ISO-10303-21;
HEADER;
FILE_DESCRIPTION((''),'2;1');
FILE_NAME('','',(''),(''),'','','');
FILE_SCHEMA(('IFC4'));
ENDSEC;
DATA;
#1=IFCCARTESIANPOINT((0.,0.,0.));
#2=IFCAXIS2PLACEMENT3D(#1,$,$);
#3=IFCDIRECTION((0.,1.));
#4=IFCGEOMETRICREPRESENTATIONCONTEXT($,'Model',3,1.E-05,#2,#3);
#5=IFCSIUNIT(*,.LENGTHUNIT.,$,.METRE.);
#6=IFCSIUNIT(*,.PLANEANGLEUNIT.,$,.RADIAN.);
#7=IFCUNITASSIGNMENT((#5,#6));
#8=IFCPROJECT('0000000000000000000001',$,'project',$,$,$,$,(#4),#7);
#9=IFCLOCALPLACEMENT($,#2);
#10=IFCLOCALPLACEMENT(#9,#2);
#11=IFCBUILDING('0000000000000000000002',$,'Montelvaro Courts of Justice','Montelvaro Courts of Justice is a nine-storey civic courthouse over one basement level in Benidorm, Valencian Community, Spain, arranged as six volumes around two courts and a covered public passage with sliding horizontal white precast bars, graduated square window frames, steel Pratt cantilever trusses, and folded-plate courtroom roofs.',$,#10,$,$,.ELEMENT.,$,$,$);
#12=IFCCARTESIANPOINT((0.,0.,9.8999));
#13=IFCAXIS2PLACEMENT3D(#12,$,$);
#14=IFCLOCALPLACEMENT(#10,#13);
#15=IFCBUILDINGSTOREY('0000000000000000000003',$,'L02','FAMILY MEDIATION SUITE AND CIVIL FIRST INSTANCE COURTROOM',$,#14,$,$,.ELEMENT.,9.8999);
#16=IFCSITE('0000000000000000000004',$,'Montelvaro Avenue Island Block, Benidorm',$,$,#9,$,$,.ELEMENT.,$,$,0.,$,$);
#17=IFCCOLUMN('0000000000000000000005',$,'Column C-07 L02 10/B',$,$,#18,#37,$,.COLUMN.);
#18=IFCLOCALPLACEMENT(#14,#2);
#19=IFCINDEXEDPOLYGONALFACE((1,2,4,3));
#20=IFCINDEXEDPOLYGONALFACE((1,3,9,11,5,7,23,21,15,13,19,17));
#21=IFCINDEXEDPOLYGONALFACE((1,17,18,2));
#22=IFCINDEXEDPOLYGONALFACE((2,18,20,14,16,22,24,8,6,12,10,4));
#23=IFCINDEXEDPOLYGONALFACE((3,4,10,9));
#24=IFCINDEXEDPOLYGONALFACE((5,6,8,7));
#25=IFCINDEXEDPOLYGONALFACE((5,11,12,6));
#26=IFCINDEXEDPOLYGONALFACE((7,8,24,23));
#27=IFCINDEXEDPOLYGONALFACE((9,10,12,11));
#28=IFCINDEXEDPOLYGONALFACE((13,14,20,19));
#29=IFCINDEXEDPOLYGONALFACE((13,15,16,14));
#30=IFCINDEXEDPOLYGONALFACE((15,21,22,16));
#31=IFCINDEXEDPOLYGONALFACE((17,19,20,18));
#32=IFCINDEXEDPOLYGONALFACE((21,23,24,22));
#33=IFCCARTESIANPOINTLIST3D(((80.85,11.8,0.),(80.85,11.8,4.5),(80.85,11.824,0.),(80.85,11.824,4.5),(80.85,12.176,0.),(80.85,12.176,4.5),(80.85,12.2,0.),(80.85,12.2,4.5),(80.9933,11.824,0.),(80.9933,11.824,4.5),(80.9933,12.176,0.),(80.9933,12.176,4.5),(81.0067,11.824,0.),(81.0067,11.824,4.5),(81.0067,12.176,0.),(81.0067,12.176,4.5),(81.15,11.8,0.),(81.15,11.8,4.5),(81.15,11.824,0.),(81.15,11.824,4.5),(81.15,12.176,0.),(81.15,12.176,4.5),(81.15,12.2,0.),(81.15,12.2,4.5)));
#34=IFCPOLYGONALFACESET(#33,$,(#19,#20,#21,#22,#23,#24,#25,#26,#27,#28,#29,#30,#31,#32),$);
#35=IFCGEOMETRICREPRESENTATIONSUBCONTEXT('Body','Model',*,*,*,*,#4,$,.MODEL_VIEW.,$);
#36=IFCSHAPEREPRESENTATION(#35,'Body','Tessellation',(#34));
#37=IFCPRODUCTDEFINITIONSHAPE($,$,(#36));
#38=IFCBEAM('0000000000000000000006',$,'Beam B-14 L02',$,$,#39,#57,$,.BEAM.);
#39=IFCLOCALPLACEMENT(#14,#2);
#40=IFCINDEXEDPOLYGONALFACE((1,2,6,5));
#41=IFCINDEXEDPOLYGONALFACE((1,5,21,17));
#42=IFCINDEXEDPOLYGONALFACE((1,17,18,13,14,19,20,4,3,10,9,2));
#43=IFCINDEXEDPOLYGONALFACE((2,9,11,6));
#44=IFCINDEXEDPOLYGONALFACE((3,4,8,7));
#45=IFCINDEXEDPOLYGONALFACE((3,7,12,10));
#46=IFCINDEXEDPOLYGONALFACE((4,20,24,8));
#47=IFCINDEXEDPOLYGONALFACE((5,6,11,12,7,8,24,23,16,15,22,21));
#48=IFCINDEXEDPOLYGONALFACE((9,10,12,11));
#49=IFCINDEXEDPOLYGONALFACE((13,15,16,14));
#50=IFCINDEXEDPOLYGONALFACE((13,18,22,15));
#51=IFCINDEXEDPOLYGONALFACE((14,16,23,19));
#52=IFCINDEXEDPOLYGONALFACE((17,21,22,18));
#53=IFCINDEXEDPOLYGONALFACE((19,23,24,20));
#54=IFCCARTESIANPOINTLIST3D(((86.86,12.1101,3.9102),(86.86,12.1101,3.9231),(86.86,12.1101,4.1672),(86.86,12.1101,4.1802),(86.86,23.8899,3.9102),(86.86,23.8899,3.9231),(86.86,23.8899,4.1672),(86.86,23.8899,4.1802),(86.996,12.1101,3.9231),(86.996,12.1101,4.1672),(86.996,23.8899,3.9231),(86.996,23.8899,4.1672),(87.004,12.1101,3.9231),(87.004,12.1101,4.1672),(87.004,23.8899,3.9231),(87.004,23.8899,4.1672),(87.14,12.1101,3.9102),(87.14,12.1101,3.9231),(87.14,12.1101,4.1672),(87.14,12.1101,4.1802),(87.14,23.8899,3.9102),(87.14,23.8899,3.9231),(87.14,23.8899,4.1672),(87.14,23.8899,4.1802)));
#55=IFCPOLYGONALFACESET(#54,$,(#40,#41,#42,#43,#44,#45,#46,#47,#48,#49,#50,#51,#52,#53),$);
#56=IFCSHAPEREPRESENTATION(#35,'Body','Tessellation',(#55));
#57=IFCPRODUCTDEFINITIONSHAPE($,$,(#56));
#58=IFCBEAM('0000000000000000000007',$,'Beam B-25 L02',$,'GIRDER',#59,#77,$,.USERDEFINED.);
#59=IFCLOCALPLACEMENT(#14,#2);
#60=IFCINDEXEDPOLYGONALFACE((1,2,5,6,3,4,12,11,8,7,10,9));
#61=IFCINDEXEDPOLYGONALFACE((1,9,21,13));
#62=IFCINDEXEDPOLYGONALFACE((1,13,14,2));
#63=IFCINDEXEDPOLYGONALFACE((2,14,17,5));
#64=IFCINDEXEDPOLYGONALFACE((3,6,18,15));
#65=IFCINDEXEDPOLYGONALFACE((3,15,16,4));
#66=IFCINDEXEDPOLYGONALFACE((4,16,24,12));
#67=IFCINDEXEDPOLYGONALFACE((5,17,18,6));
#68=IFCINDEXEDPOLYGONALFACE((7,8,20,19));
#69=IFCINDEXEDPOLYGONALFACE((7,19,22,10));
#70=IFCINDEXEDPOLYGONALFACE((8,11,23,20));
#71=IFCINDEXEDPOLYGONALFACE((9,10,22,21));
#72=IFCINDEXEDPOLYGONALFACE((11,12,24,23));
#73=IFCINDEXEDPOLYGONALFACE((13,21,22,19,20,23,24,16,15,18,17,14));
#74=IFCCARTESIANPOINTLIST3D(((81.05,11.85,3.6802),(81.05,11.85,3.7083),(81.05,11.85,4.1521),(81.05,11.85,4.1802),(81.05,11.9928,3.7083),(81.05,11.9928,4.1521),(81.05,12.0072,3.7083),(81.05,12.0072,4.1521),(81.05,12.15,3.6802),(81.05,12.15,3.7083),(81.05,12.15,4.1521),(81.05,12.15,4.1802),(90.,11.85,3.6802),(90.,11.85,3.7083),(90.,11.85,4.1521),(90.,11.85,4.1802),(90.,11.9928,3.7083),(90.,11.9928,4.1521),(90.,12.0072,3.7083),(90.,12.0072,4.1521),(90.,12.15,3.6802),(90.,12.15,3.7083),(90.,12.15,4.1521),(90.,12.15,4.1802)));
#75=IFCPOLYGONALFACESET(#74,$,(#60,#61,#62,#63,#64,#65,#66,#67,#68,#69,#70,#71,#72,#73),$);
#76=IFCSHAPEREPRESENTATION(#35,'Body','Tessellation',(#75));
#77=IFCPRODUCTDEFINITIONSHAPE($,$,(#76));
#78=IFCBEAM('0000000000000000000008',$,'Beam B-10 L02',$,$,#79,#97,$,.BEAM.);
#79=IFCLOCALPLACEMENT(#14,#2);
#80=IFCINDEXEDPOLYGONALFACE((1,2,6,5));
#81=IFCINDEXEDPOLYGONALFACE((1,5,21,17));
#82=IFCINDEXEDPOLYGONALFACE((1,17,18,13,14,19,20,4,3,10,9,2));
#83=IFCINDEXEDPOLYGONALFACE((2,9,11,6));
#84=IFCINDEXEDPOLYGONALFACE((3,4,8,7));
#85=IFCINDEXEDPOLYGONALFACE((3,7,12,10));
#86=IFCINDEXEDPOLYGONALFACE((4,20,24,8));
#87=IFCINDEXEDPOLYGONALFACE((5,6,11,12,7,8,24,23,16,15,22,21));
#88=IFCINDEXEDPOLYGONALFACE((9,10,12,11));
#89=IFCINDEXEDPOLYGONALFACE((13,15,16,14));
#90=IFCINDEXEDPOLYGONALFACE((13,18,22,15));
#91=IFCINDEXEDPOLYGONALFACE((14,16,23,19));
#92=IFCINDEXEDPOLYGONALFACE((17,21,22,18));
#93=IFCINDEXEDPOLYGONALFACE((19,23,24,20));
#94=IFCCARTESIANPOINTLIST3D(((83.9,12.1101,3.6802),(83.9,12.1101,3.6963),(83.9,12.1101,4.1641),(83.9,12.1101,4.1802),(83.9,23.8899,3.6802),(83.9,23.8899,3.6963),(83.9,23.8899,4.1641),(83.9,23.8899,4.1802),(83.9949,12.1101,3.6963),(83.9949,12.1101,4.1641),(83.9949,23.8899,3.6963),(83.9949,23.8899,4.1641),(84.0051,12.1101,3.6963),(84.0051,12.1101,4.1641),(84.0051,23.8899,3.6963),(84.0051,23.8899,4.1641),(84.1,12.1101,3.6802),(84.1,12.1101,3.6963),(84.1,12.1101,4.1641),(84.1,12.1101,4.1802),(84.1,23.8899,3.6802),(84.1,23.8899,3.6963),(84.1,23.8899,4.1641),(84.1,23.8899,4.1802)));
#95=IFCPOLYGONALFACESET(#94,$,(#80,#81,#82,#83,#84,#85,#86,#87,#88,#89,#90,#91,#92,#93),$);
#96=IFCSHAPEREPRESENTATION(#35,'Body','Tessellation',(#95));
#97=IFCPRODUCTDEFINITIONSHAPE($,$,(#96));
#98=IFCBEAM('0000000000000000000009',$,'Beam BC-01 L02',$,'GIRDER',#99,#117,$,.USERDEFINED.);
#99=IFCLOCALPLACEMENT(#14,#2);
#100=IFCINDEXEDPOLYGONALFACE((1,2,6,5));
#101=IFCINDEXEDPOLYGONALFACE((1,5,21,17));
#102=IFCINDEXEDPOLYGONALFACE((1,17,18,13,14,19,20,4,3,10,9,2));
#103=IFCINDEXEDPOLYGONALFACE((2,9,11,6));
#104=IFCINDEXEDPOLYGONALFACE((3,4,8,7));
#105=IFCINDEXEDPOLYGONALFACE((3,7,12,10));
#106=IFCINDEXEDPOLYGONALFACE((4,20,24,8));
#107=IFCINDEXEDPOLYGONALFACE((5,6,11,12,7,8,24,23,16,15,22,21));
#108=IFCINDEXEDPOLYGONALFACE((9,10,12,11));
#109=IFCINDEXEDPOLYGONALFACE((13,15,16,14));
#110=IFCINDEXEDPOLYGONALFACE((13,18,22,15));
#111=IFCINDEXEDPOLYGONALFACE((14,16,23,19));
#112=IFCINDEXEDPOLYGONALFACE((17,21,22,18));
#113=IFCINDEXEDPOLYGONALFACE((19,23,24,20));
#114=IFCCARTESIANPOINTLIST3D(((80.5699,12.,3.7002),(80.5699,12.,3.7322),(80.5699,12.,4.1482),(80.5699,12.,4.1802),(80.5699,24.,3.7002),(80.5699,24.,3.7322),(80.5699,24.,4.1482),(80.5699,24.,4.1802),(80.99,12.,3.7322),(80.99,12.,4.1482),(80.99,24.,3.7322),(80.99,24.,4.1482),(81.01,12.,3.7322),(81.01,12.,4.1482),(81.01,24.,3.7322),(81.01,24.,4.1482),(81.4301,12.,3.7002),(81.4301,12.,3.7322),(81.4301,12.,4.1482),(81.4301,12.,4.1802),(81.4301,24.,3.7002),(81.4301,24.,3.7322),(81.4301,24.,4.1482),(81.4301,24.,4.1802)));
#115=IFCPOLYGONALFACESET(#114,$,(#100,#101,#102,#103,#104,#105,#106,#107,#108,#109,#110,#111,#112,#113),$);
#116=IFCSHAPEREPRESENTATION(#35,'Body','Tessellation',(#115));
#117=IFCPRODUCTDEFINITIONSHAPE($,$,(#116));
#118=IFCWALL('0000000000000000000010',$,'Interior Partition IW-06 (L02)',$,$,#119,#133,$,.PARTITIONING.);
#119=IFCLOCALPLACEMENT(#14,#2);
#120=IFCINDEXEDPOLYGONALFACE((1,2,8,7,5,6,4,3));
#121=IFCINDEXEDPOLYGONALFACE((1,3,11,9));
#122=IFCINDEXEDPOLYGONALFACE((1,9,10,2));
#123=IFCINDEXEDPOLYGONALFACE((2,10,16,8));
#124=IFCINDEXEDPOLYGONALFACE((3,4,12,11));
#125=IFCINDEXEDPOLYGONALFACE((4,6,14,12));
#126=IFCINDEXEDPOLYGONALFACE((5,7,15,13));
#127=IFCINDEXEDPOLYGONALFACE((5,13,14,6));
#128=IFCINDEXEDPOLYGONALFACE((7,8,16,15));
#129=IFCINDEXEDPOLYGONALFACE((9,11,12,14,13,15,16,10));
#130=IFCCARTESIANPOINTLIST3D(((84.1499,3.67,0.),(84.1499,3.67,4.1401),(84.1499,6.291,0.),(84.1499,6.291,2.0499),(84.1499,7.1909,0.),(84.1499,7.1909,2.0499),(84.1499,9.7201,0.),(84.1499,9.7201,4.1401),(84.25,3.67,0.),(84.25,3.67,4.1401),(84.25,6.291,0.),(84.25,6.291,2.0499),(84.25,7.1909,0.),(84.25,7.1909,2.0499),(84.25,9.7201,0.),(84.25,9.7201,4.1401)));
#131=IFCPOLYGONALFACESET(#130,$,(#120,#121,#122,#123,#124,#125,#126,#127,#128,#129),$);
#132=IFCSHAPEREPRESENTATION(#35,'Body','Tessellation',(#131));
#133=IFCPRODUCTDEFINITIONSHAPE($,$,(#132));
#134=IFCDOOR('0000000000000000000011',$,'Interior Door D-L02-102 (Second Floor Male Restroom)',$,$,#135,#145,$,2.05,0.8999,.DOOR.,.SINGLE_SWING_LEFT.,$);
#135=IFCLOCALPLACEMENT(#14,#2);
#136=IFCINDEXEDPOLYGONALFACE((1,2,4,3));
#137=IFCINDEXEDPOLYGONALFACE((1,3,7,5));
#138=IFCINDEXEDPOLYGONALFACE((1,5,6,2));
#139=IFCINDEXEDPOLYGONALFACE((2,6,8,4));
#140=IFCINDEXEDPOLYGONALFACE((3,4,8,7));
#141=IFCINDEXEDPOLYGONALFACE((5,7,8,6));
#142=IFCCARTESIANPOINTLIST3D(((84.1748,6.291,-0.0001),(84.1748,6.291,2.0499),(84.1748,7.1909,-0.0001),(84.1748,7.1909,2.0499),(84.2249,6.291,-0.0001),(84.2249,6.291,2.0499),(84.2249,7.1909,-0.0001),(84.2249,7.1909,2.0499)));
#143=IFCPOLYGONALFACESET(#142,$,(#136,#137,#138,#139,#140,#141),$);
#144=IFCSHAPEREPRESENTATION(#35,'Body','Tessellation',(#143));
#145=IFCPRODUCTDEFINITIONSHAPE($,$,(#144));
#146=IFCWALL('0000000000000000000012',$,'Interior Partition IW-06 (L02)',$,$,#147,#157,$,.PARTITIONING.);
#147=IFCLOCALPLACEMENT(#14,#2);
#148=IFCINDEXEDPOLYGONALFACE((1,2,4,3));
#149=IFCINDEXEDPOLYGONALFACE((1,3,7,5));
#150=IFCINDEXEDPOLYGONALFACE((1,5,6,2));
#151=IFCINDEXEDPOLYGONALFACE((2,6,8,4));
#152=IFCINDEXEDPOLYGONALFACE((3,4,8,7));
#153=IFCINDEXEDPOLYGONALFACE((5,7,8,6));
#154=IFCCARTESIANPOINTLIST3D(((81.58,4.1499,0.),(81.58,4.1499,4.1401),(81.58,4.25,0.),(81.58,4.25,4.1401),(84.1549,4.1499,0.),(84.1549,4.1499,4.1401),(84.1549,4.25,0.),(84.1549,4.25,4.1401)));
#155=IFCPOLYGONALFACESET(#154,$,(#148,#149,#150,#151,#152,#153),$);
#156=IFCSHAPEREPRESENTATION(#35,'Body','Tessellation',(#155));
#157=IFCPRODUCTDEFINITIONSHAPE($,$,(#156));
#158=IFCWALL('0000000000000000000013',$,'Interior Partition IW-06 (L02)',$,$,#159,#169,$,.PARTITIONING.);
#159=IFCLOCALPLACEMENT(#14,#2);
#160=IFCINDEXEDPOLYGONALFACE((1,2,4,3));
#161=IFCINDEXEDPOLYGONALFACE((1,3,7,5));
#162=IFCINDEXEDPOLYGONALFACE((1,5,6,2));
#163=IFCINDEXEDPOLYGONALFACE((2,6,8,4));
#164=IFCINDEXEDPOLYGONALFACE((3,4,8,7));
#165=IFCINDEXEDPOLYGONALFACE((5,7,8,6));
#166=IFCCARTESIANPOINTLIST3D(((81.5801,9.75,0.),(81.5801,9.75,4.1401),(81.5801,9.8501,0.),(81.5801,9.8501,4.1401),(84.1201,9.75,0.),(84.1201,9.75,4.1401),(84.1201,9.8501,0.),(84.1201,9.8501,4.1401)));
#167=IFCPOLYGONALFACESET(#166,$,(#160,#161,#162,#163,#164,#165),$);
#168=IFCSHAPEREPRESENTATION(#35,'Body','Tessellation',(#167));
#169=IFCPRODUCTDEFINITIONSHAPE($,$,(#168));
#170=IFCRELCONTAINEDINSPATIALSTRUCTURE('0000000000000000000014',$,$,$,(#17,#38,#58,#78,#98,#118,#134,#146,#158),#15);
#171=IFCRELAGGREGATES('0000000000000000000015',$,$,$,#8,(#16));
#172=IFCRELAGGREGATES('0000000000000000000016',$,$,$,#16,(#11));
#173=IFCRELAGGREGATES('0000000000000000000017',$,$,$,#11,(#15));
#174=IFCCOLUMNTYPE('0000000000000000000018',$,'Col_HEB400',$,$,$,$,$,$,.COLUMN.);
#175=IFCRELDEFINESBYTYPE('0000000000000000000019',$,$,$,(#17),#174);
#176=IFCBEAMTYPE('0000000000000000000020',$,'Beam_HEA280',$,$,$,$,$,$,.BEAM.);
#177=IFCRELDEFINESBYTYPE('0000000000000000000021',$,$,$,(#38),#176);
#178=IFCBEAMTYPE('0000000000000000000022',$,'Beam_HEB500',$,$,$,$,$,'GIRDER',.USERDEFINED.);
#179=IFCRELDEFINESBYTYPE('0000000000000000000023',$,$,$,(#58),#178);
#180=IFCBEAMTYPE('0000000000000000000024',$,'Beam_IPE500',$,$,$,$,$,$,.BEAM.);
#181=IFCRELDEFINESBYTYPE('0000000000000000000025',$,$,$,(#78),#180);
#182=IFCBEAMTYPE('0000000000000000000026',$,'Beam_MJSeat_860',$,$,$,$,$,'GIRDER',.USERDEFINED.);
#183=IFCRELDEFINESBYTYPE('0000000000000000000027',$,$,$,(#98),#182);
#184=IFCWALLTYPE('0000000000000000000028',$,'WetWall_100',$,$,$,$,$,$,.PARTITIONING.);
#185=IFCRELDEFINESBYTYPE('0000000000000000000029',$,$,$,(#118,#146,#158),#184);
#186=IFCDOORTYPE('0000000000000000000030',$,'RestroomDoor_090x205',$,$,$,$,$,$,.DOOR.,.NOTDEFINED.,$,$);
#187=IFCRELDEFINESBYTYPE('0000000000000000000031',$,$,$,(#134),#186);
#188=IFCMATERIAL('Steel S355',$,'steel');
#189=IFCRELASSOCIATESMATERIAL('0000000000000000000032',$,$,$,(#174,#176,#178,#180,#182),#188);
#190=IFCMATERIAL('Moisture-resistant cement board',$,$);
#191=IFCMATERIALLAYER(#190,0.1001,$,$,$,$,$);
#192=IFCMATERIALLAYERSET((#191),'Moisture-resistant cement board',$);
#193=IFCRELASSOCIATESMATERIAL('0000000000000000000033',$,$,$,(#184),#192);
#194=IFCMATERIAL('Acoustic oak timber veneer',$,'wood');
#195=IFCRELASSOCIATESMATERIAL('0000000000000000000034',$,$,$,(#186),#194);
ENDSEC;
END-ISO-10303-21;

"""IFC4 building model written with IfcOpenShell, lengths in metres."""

from ifc_helpers import new_model, si_unit, direction, frame, frame_2d, origin, origin_2d, place, context, subcontext, project, spatial, rectangle, i_section, extrude, material, layer, layer_set, material_profile, profile_set, type_object, element, fill, save


model = new_model("IFC4")

# Units and contexts
model_context = context("Model", 3, precision=1e-05, world=origin(), true_north=direction((0.0, 1.0)))
body_context = subcontext(model_context, "Body", "Model", "MODEL_VIEW")
ifc_project = project(units=[si_unit("LENGTHUNIT", "METRE"), si_unit("PLANEANGLEUNIT", "RADIAN")], contexts=[model_context])

# Site, building, storey
site_placement = place(None, origin())
site = spatial("IfcSite", under=ifc_project, at=site_placement, Name="Montelvaro Avenue Island Block, Benidorm", CompositionType="ELEMENT", RefElevation=0.0)
building_placement = place(site_placement, origin())
building = spatial("IfcBuilding", under=site, at=building_placement, Name="Montelvaro Courts of Justice", Description="Montelvaro Courts of Justice is a nine-storey civic courthouse over one basement level in Benidorm, Valencian Community, Spain, arranged as six volumes around two courts and a covered public passage with sliding horizontal white precast bars, graduated square window frames, steel Pratt cantilever trusses, and folded-plate courtroom roofs.", CompositionType="ELEMENT")
storey_placement = place(building_placement, frame((0.0, 0.0, 9.8999)))
storey = spatial("IfcBuildingStorey", under=building, at=storey_placement, Name="L02", Description="FAMILY MEDIATION SUITE AND CIVIL FIRST INSTANCE COURTROOM", CompositionType="ELEMENT", Elevation=9.8999)

# Column
ifc_material_1 = material(Name="Steel S355", Category="steel")
ifc_material_profile_1 = material_profile(ifc_material_1, i_section(OverallWidth=0.3, OverallDepth=0.3999, WebThickness=0.0134, FlangeThickness=0.0239, at=origin_2d()), Name="HEB 400")
ifc_profile_set_1 = profile_set([ifc_material_profile_1], Name="Steel S355")
column_type = type_object("IfcColumnType", Name="Col_HEB400", PredefinedType="COLUMN", material=ifc_profile_set_1)
column_placement = place(storey_placement, frame((81.0, 12.0, 0.0), z_axis=(0.0, 0.0, 1.0), x_axis=(1.0, 0.0, 0.0)))
element("IfcColumn", 1, at=column_placement, inside=storey, type_object=column_type, Name="Column C-07 L02 10/B", PredefinedType="COLUMN", context=body_context, shape_type="SweptSolid", body=[
    extrude(i_section(OverallWidth=0.3, OverallDepth=0.3999, WebThickness=0.0134, FlangeThickness=0.0239, at=origin_2d()), origin(), (0.0, 0.0, 1.0), 4.5),
])

# Beams
ifc_material_profile_2 = material_profile(ifc_material_1, i_section(OverallWidth=0.28, OverallDepth=0.27, WebThickness=0.0081, FlangeThickness=0.0129, at=origin_2d()), Name="HEA 280")
ifc_profile_set_2 = profile_set([ifc_material_profile_2], Name="Steel S355")
beam_type_1 = type_object("IfcBeamType", Name="Beam_HEA280", PredefinedType="BEAM", material=ifc_profile_set_2)
beam_1_placement = place(storey_placement, frame((87.0, 12.1101, 4.0452), z_axis=(0.0, 1.0, 0.0), x_axis=(-1.0, 0.0, 0.0)))
element("IfcBeam", 2, at=beam_1_placement, inside=storey, type_object=beam_type_1, Name="Beam B-14 L02", PredefinedType="BEAM", context=body_context, shape_type="SweptSolid", body=[
    extrude(i_section(OverallWidth=0.28, OverallDepth=0.27, WebThickness=0.0081, FlangeThickness=0.0129, at=origin_2d()), origin(), (0.0, 0.0, 1.0), 11.7798),
])
ifc_material_profile_3 = material_profile(ifc_material_1, i_section(OverallWidth=0.3, OverallDepth=0.5, WebThickness=0.0144, FlangeThickness=0.0281, at=origin_2d()), Name="HEB 500")
ifc_profile_set_3 = profile_set([ifc_material_profile_3], Name="Steel S355")
beam_type_2 = type_object("IfcBeamType", Name="Beam_HEB500", ElementType="GIRDER", PredefinedType="USERDEFINED", material=ifc_profile_set_3)
beam_2_placement = place(storey_placement, frame((81.05, 12.0, 3.9302), z_axis=(1.0, 0.0, 0.0), x_axis=(0.0, 1.0, 0.0)))
element("IfcBeam", 3, at=beam_2_placement, inside=storey, type_object=beam_type_2, Name="Beam B-25 L02", ObjectType="GIRDER", PredefinedType="USERDEFINED", context=body_context, shape_type="SweptSolid", body=[
    extrude(i_section(OverallWidth=0.3, OverallDepth=0.5, WebThickness=0.0144, FlangeThickness=0.0281, at=origin_2d()), origin(), (0.0, 0.0, 1.0), 8.95),
])
ifc_material_profile_4 = material_profile(ifc_material_1, i_section(OverallWidth=0.2, OverallDepth=0.5, WebThickness=0.0103, FlangeThickness=0.0161, at=origin_2d()), Name="IPE 500")
ifc_profile_set_4 = profile_set([ifc_material_profile_4], Name="Steel S355")
beam_type_3 = type_object("IfcBeamType", Name="Beam_IPE500", PredefinedType="BEAM", material=ifc_profile_set_4)
beam_3_placement = place(storey_placement, frame((84.0, 12.1101, 3.9302), z_axis=(0.0, 1.0, 0.0), x_axis=(-1.0, 0.0, 0.0)))
element("IfcBeam", 4, at=beam_3_placement, inside=storey, type_object=beam_type_3, Name="Beam B-10 L02", PredefinedType="BEAM", context=body_context, shape_type="SweptSolid", body=[
    extrude(i_section(OverallWidth=0.2, OverallDepth=0.5, WebThickness=0.0103, FlangeThickness=0.0161, at=origin_2d()), origin(), (0.0, 0.0, 1.0), 11.7798),
])
ifc_material_profile_5 = material_profile(ifc_material_1, i_section(OverallWidth=0.8601, OverallDepth=0.48, WebThickness=0.02, FlangeThickness=0.032, at=origin_2d()), Name="HL 480x860")
ifc_profile_set_5 = profile_set([ifc_material_profile_5], Name="Steel S355")
beam_type_4 = type_object("IfcBeamType", Name="Beam_MJSeat_860", ElementType="GIRDER", PredefinedType="USERDEFINED", material=ifc_profile_set_5)
beam_4_placement = place(storey_placement, frame((81.0, 12.0, 3.9402), z_axis=(0.0, 1.0, 0.0), x_axis=(-1.0, 0.0, 0.0)))
element("IfcBeam", 5, at=beam_4_placement, inside=storey, type_object=beam_type_4, Name="Beam BC-01 L02", ObjectType="GIRDER", PredefinedType="USERDEFINED", context=body_context, shape_type="SweptSolid", body=[
    extrude(i_section(OverallWidth=0.8601, OverallDepth=0.48, WebThickness=0.02, FlangeThickness=0.032, at=origin_2d()), origin(), (0.0, 0.0, 1.0), 12.0),
])

# Wall, opening, door
ifc_material_2 = material(Name="Moisture-resistant cement board")
ifc_layer = layer(ifc_material_2, 0.1001)
ifc_layer_set = layer_set([ifc_layer], Name="Moisture-resistant cement board")
wall_type = type_object("IfcWallType", Name="WetWall_100", PredefinedType="PARTITIONING", material=ifc_layer_set)
wall_1_placement = place(storey_placement, frame((84.2, 9.72, 0.0), z_axis=(0.0, 0.0, 1.0), x_axis=(0.0, -1.0, 0.0)))
wall_1 = element("IfcWall", 6, at=wall_1_placement, inside=storey, type_object=wall_type, Name="Interior Partition IW-06 (L02)", PredefinedType="PARTITIONING", context=body_context, shape_type="SweptSolid", body=[
    extrude(rectangle(XDim=6.05, YDim=0.1001, at=frame_2d((3.0249, 0.0))), origin(), (0.0, 0.0, 1.0), 4.1401),
])
opening_1_placement = place(wall_1_placement, frame((2.5291, 0.0, 0.0)))
opening_1 = element("IfcOpeningElement", 7, at=opening_1_placement, cuts=wall_1, PredefinedType="OPENING", context=body_context, shape_type="SweptSolid", body=[
    extrude(rectangle(XDim=0.8999, YDim=2.05, at=frame_2d((0.45, 1.0249))), frame((0.0, 0.0649, 0.0), z_axis=(0.0, -1.0, 0.0), x_axis=(1.0, 0.0, 0.0)), (0.0, 0.0, 1.0), 0.1299),
])
ifc_material_3 = material(Name="Acoustic oak timber veneer", Category="wood")
door_type_1 = type_object("IfcDoorType", Name="RestroomDoor_090x205", OperationType="NOTDEFINED", PredefinedType="DOOR", material=ifc_material_3)
door_1_placement = place(opening_1_placement, origin())
door_1 = element("IfcDoor", 8, at=door_1_placement, inside=storey, type_object=door_type_1, Name="Interior Door D-L02-102 (Second Floor Male Restroom)", OperationType="SINGLE_SWING_LEFT", OverallHeight=2.05, OverallWidth=0.8999, PredefinedType="DOOR", context=body_context, shape_type="SweptSolid", body=[
    extrude(rectangle(XDim=0.8999, YDim=2.05, at=frame_2d((0.45, 1.0249))), frame((0.0, 0.0249, 0.0), z_axis=(0.0, -1.0, 0.0), x_axis=(1.0, 0.0, 0.0)), (0.0, 0.0, 1.0), 0.05),
])
fill(opening_1, door_1)

# Walls
wall_2_placement = place(storey_placement, frame((84.155, 4.2, 0.0), z_axis=(0.0, 0.0, 1.0), x_axis=(-1.0, 0.0, 0.0)))
element("IfcWall", 9, at=wall_2_placement, inside=storey, type_object=wall_type, Name="Interior Partition IW-06 (L02)", PredefinedType="PARTITIONING", context=body_context, shape_type="SweptSolid", body=[
    extrude(rectangle(XDim=2.575, YDim=0.1001, at=frame_2d((1.2876, 0.0))), origin(), (0.0, 0.0, 1.0), 4.1401),
])
wall_3_placement = place(storey_placement, frame((81.5801, 9.8, 0.0), z_axis=(0.0, 0.0, 1.0), x_axis=(1.0, 0.0, 0.0)))
element("IfcWall", 10, at=wall_3_placement, inside=storey, type_object=wall_type, Name="Interior Partition IW-06 (L02)", PredefinedType="PARTITIONING", context=body_context, shape_type="SweptSolid", body=[
    extrude(rectangle(XDim=2.54, YDim=0.1001, at=frame_2d((1.27, 0.0))), origin(), (0.0, 0.0, 1.0), 4.1401),
])

save(model, "model.ifc")
